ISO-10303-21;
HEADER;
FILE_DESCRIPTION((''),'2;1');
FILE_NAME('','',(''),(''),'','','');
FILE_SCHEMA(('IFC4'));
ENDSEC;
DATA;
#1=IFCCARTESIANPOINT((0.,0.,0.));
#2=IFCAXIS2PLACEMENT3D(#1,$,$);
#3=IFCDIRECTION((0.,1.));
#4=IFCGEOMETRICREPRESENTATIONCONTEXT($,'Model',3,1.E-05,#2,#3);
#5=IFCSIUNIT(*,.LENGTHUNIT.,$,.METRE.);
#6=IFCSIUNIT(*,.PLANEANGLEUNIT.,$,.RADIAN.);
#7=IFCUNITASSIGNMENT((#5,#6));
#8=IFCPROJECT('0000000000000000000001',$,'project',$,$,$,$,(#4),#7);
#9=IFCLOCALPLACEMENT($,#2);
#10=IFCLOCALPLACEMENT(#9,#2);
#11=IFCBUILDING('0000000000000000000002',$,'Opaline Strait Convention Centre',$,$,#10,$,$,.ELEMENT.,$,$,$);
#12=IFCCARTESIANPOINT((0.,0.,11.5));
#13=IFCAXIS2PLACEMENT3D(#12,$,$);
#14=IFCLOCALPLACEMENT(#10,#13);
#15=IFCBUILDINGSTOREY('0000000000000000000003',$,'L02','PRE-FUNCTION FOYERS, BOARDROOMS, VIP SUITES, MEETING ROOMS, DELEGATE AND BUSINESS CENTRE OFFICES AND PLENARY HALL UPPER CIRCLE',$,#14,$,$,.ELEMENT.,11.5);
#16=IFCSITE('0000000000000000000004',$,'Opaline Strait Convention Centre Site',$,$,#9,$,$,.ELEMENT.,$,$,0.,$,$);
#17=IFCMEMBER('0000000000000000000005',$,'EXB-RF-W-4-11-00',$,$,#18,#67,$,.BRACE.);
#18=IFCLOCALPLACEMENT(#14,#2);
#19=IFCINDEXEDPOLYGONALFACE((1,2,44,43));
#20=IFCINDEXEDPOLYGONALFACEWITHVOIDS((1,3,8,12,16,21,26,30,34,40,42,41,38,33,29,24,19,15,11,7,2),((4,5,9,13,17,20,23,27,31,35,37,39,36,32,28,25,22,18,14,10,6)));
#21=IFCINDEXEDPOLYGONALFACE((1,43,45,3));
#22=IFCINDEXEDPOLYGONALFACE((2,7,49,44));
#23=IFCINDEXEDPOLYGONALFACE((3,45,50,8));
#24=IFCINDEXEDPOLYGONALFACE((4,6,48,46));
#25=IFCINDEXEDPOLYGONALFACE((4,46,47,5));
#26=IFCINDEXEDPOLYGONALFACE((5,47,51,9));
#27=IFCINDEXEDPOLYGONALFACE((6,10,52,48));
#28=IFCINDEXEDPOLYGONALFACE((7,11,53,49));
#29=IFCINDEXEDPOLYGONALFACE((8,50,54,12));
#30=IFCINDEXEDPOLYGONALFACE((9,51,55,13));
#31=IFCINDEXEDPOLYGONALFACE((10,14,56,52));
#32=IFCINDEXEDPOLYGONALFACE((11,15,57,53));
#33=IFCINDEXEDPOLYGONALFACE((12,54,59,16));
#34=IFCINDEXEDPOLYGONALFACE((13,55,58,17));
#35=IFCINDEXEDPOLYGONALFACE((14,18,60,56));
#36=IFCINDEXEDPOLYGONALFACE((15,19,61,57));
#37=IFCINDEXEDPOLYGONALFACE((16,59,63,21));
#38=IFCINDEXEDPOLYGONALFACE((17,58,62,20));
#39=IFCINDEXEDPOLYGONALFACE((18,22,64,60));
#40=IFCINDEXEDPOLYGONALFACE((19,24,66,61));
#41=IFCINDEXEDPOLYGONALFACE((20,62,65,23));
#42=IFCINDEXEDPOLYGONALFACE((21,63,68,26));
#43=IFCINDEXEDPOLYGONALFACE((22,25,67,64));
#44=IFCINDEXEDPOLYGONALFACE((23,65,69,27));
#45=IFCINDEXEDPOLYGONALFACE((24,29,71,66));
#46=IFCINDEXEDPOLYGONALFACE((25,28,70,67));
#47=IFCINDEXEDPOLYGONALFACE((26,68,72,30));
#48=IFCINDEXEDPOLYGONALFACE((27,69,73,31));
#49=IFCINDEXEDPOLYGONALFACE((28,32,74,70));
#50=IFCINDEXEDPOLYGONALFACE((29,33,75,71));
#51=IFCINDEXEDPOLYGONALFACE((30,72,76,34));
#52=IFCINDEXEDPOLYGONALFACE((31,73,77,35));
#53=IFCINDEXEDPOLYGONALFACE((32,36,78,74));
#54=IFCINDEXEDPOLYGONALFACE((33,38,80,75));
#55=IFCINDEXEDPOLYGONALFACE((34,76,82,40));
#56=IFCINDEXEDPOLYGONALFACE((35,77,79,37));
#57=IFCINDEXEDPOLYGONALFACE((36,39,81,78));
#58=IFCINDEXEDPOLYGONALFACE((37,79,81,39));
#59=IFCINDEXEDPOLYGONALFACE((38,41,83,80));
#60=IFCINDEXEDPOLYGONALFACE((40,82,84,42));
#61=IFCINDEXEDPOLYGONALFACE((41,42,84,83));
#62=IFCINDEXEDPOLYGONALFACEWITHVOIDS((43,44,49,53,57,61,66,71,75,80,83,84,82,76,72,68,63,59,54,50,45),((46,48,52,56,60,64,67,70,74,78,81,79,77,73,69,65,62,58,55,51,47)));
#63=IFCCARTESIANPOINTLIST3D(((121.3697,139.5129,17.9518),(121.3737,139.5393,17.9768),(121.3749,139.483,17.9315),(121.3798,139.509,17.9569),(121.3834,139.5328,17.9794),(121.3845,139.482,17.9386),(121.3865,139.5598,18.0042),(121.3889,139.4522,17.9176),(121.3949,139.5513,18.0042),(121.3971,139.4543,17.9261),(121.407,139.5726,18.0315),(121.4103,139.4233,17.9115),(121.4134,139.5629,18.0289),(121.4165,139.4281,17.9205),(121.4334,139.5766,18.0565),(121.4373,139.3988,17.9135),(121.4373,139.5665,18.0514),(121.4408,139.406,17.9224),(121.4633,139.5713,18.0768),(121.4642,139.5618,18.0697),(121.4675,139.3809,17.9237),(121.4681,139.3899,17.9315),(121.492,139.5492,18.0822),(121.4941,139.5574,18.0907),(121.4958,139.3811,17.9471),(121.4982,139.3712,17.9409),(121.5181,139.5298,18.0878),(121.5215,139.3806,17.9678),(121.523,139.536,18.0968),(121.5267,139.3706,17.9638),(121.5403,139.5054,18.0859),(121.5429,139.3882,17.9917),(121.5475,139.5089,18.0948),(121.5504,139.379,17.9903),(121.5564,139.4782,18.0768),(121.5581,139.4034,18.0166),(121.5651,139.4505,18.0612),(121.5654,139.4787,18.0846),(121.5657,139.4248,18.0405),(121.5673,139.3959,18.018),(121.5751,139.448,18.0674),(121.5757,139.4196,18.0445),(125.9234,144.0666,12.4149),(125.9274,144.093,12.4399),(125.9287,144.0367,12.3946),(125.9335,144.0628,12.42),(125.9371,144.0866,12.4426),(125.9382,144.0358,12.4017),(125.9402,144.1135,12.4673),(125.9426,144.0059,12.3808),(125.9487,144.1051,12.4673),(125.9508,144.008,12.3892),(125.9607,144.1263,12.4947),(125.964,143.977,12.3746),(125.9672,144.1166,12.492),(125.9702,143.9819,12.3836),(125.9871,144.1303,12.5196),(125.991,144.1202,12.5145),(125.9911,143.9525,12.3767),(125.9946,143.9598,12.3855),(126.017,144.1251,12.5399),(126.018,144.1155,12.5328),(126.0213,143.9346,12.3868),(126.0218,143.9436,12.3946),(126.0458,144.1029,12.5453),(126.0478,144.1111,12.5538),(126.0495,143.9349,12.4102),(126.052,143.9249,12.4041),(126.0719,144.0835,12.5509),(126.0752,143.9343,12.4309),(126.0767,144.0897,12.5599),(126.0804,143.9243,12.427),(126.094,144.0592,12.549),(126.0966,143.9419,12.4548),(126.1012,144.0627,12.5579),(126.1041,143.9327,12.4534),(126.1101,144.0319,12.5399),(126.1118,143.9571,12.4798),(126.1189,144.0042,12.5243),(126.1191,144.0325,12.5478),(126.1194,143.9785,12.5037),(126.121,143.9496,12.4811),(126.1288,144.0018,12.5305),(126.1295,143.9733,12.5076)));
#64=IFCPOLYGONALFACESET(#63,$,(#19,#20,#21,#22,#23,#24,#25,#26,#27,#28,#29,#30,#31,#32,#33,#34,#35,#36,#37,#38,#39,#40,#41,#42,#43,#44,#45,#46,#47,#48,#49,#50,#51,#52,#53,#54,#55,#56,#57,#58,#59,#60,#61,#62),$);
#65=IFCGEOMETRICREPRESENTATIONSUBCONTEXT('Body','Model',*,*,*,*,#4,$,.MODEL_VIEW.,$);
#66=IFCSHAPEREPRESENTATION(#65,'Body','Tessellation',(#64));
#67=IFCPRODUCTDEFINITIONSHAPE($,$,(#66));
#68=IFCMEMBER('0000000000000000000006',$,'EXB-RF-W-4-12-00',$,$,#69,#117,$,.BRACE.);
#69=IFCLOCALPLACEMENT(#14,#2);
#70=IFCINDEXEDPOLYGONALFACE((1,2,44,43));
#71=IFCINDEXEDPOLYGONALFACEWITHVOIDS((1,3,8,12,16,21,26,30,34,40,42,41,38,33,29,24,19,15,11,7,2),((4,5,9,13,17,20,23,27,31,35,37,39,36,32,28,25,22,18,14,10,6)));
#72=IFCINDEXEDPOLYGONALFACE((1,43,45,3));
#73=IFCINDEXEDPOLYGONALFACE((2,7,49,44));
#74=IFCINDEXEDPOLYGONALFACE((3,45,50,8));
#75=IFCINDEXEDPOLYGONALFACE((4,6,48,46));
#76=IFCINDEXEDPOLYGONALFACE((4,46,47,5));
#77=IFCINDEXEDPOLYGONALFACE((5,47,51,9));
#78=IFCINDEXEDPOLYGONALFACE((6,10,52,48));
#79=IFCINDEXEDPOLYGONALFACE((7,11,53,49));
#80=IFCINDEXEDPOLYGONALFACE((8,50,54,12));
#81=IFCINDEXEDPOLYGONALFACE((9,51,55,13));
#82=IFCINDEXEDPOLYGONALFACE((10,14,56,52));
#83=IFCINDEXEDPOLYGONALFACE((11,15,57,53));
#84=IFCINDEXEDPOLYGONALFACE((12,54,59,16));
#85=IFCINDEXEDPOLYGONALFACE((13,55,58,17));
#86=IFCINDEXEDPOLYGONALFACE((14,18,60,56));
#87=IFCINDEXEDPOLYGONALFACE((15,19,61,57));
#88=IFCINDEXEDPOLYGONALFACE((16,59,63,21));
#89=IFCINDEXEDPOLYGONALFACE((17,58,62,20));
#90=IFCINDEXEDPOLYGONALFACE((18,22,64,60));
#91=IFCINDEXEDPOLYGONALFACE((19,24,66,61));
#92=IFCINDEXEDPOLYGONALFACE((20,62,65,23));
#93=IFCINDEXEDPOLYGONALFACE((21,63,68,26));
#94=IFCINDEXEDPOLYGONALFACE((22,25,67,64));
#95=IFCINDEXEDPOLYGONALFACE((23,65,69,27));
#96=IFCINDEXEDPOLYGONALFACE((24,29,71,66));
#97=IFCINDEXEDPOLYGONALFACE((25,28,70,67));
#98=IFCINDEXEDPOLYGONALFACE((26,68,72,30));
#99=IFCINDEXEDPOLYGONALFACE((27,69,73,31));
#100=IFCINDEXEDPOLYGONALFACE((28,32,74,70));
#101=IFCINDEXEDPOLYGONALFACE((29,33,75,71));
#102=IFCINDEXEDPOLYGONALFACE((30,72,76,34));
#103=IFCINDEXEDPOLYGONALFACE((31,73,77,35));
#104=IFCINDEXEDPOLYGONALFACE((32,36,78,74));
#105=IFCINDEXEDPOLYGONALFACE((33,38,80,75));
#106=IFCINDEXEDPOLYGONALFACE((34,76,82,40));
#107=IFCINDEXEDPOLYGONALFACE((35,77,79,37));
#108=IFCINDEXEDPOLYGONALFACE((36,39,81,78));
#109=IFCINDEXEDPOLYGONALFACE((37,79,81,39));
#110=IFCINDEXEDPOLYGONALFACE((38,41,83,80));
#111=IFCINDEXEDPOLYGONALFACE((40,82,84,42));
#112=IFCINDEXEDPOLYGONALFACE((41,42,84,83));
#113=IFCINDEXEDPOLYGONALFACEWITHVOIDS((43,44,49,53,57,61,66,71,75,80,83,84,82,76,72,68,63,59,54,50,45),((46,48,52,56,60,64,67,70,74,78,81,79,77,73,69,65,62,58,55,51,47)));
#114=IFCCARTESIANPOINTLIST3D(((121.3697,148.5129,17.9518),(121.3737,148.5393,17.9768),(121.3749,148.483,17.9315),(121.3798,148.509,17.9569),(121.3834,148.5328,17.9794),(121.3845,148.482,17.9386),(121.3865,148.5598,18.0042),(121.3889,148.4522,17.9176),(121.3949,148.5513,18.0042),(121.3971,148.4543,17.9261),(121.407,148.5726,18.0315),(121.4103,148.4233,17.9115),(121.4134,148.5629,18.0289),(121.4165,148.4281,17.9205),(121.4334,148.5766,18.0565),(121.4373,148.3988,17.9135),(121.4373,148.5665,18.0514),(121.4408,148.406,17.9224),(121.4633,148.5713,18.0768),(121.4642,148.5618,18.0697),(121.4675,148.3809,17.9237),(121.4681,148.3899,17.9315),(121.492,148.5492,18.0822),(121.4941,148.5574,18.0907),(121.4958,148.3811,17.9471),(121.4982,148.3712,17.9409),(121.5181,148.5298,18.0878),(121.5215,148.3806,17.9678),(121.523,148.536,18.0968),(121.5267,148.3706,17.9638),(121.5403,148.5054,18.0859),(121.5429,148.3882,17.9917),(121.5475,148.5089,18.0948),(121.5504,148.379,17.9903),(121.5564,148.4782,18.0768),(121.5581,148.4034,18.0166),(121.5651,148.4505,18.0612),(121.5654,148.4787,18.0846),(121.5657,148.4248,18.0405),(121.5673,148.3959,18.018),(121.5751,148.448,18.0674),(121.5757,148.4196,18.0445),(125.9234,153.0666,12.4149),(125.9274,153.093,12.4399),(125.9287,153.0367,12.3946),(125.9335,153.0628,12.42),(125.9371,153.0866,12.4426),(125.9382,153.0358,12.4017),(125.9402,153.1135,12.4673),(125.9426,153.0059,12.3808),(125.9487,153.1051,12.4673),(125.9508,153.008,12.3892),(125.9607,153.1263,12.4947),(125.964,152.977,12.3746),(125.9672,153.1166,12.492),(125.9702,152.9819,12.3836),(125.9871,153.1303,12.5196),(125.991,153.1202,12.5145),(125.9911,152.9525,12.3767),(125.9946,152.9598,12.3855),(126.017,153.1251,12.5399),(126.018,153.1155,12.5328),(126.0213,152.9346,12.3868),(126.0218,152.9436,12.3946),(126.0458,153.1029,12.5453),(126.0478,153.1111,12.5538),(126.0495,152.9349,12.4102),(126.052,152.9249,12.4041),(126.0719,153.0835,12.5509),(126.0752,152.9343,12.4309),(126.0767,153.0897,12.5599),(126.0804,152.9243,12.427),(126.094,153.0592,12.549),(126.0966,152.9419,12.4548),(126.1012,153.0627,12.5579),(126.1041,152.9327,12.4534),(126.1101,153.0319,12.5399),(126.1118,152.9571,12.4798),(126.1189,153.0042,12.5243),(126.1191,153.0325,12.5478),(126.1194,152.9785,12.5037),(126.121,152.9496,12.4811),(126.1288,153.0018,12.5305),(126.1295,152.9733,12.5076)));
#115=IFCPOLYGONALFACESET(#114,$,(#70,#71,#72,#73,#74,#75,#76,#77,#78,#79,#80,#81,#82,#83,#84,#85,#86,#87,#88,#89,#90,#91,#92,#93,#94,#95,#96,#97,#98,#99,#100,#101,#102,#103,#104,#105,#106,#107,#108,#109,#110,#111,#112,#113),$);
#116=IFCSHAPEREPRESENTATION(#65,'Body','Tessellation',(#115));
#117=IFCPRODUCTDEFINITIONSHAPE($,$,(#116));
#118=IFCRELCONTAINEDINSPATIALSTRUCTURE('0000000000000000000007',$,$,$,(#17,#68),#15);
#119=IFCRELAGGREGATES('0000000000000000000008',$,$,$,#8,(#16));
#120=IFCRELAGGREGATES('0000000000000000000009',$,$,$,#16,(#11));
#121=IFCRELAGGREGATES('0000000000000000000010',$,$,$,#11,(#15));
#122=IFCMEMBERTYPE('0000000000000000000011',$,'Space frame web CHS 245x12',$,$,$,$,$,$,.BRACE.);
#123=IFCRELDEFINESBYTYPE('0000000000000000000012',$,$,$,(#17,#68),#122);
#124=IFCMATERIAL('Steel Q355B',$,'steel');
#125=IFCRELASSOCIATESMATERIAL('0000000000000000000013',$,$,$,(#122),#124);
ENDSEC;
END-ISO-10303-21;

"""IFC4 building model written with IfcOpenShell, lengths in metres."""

from ifc_helpers import new_model, si_unit, direction, frame, origin, origin_2d, place, context, subcontext, project, spatial, hollow_circle, extrude, material, material_profile, profile_set, type_object, element, save


model = new_model("IFC4")

# Units and contexts
model_context = context("Model", 3, precision=1e-05, world=origin(), true_north=direction((0.0, 1.0)))
body_context = subcontext(model_context, "Body", "Model", "MODEL_VIEW")
ifc_project = project(units=[si_unit("LENGTHUNIT", "METRE"), si_unit("PLANEANGLEUNIT", "RADIAN")], contexts=[model_context])

# Site, building, storey
site_placement = place(None, origin())
site = spatial("IfcSite", under=ifc_project, at=site_placement, Name="Opaline Strait Convention Centre Site", CompositionType="ELEMENT", RefElevation=0.0)
building_placement = place(site_placement, origin())
building = spatial("IfcBuilding", under=site, at=building_placement, Name="Opaline Strait Convention Centre", CompositionType="ELEMENT")
storey_placement = place(building_placement, frame((0.0, 0.0, 11.5)))
storey = spatial("IfcBuildingStorey", under=building, at=storey_placement, Name="L02", Description="PRE-FUNCTION FOYERS, BOARDROOMS, VIP SUITES, MEETING ROOMS, DELEGATE AND BUSINESS CENTRE OFFICES AND PLENARY HALL UPPER CIRCLE", CompositionType="ELEMENT", Elevation=11.5)

# Members
ifc_material = material(Name="Steel Q355B", Category="steel")
ifc_material_profile_1 = material_profile(ifc_material, hollow_circle(Radius=0.1226, WallThickness=0.012, at=origin_2d()), Name="CHS 245x12")
ifc_profile_set_1 = profile_set([ifc_material_profile_1], Name="Steel Q355B")
member_type_1 = type_object("IfcMemberType", Name="Space frame web CHS 245x12", PredefinedType="BRACE", material=ifc_profile_set_1)
for number, where, z_axis, x_axis, name in (
    (1, (121.4731, 139.4731, 18.0042), (0.536178, 0.536178, -0.65194), (-0.707107, 0.707107, 0.0), "EXB-RF-W-4-11-00"),
    (2, (121.4731, 148.4731, 18.0042), (0.536178, 0.536178, -0.65194), (-0.707107, 0.707107, 0.0), "EXB-RF-W-4-12-00"),
):
    element("IfcMember", number, at=place(storey_placement, frame(where, z_axis=z_axis, x_axis=x_axis)), inside=storey, type_object=member_type_1, Name=name, PredefinedType="BRACE", context=body_context, shape_type="SweptSolid", body=[
        extrude(hollow_circle(Radius=0.1226, WallThickness=0.012, at=origin_2d()), origin(), (0.0, 0.0, 1.0), 8.4929),
    ])

save(model, "model.ifc")
